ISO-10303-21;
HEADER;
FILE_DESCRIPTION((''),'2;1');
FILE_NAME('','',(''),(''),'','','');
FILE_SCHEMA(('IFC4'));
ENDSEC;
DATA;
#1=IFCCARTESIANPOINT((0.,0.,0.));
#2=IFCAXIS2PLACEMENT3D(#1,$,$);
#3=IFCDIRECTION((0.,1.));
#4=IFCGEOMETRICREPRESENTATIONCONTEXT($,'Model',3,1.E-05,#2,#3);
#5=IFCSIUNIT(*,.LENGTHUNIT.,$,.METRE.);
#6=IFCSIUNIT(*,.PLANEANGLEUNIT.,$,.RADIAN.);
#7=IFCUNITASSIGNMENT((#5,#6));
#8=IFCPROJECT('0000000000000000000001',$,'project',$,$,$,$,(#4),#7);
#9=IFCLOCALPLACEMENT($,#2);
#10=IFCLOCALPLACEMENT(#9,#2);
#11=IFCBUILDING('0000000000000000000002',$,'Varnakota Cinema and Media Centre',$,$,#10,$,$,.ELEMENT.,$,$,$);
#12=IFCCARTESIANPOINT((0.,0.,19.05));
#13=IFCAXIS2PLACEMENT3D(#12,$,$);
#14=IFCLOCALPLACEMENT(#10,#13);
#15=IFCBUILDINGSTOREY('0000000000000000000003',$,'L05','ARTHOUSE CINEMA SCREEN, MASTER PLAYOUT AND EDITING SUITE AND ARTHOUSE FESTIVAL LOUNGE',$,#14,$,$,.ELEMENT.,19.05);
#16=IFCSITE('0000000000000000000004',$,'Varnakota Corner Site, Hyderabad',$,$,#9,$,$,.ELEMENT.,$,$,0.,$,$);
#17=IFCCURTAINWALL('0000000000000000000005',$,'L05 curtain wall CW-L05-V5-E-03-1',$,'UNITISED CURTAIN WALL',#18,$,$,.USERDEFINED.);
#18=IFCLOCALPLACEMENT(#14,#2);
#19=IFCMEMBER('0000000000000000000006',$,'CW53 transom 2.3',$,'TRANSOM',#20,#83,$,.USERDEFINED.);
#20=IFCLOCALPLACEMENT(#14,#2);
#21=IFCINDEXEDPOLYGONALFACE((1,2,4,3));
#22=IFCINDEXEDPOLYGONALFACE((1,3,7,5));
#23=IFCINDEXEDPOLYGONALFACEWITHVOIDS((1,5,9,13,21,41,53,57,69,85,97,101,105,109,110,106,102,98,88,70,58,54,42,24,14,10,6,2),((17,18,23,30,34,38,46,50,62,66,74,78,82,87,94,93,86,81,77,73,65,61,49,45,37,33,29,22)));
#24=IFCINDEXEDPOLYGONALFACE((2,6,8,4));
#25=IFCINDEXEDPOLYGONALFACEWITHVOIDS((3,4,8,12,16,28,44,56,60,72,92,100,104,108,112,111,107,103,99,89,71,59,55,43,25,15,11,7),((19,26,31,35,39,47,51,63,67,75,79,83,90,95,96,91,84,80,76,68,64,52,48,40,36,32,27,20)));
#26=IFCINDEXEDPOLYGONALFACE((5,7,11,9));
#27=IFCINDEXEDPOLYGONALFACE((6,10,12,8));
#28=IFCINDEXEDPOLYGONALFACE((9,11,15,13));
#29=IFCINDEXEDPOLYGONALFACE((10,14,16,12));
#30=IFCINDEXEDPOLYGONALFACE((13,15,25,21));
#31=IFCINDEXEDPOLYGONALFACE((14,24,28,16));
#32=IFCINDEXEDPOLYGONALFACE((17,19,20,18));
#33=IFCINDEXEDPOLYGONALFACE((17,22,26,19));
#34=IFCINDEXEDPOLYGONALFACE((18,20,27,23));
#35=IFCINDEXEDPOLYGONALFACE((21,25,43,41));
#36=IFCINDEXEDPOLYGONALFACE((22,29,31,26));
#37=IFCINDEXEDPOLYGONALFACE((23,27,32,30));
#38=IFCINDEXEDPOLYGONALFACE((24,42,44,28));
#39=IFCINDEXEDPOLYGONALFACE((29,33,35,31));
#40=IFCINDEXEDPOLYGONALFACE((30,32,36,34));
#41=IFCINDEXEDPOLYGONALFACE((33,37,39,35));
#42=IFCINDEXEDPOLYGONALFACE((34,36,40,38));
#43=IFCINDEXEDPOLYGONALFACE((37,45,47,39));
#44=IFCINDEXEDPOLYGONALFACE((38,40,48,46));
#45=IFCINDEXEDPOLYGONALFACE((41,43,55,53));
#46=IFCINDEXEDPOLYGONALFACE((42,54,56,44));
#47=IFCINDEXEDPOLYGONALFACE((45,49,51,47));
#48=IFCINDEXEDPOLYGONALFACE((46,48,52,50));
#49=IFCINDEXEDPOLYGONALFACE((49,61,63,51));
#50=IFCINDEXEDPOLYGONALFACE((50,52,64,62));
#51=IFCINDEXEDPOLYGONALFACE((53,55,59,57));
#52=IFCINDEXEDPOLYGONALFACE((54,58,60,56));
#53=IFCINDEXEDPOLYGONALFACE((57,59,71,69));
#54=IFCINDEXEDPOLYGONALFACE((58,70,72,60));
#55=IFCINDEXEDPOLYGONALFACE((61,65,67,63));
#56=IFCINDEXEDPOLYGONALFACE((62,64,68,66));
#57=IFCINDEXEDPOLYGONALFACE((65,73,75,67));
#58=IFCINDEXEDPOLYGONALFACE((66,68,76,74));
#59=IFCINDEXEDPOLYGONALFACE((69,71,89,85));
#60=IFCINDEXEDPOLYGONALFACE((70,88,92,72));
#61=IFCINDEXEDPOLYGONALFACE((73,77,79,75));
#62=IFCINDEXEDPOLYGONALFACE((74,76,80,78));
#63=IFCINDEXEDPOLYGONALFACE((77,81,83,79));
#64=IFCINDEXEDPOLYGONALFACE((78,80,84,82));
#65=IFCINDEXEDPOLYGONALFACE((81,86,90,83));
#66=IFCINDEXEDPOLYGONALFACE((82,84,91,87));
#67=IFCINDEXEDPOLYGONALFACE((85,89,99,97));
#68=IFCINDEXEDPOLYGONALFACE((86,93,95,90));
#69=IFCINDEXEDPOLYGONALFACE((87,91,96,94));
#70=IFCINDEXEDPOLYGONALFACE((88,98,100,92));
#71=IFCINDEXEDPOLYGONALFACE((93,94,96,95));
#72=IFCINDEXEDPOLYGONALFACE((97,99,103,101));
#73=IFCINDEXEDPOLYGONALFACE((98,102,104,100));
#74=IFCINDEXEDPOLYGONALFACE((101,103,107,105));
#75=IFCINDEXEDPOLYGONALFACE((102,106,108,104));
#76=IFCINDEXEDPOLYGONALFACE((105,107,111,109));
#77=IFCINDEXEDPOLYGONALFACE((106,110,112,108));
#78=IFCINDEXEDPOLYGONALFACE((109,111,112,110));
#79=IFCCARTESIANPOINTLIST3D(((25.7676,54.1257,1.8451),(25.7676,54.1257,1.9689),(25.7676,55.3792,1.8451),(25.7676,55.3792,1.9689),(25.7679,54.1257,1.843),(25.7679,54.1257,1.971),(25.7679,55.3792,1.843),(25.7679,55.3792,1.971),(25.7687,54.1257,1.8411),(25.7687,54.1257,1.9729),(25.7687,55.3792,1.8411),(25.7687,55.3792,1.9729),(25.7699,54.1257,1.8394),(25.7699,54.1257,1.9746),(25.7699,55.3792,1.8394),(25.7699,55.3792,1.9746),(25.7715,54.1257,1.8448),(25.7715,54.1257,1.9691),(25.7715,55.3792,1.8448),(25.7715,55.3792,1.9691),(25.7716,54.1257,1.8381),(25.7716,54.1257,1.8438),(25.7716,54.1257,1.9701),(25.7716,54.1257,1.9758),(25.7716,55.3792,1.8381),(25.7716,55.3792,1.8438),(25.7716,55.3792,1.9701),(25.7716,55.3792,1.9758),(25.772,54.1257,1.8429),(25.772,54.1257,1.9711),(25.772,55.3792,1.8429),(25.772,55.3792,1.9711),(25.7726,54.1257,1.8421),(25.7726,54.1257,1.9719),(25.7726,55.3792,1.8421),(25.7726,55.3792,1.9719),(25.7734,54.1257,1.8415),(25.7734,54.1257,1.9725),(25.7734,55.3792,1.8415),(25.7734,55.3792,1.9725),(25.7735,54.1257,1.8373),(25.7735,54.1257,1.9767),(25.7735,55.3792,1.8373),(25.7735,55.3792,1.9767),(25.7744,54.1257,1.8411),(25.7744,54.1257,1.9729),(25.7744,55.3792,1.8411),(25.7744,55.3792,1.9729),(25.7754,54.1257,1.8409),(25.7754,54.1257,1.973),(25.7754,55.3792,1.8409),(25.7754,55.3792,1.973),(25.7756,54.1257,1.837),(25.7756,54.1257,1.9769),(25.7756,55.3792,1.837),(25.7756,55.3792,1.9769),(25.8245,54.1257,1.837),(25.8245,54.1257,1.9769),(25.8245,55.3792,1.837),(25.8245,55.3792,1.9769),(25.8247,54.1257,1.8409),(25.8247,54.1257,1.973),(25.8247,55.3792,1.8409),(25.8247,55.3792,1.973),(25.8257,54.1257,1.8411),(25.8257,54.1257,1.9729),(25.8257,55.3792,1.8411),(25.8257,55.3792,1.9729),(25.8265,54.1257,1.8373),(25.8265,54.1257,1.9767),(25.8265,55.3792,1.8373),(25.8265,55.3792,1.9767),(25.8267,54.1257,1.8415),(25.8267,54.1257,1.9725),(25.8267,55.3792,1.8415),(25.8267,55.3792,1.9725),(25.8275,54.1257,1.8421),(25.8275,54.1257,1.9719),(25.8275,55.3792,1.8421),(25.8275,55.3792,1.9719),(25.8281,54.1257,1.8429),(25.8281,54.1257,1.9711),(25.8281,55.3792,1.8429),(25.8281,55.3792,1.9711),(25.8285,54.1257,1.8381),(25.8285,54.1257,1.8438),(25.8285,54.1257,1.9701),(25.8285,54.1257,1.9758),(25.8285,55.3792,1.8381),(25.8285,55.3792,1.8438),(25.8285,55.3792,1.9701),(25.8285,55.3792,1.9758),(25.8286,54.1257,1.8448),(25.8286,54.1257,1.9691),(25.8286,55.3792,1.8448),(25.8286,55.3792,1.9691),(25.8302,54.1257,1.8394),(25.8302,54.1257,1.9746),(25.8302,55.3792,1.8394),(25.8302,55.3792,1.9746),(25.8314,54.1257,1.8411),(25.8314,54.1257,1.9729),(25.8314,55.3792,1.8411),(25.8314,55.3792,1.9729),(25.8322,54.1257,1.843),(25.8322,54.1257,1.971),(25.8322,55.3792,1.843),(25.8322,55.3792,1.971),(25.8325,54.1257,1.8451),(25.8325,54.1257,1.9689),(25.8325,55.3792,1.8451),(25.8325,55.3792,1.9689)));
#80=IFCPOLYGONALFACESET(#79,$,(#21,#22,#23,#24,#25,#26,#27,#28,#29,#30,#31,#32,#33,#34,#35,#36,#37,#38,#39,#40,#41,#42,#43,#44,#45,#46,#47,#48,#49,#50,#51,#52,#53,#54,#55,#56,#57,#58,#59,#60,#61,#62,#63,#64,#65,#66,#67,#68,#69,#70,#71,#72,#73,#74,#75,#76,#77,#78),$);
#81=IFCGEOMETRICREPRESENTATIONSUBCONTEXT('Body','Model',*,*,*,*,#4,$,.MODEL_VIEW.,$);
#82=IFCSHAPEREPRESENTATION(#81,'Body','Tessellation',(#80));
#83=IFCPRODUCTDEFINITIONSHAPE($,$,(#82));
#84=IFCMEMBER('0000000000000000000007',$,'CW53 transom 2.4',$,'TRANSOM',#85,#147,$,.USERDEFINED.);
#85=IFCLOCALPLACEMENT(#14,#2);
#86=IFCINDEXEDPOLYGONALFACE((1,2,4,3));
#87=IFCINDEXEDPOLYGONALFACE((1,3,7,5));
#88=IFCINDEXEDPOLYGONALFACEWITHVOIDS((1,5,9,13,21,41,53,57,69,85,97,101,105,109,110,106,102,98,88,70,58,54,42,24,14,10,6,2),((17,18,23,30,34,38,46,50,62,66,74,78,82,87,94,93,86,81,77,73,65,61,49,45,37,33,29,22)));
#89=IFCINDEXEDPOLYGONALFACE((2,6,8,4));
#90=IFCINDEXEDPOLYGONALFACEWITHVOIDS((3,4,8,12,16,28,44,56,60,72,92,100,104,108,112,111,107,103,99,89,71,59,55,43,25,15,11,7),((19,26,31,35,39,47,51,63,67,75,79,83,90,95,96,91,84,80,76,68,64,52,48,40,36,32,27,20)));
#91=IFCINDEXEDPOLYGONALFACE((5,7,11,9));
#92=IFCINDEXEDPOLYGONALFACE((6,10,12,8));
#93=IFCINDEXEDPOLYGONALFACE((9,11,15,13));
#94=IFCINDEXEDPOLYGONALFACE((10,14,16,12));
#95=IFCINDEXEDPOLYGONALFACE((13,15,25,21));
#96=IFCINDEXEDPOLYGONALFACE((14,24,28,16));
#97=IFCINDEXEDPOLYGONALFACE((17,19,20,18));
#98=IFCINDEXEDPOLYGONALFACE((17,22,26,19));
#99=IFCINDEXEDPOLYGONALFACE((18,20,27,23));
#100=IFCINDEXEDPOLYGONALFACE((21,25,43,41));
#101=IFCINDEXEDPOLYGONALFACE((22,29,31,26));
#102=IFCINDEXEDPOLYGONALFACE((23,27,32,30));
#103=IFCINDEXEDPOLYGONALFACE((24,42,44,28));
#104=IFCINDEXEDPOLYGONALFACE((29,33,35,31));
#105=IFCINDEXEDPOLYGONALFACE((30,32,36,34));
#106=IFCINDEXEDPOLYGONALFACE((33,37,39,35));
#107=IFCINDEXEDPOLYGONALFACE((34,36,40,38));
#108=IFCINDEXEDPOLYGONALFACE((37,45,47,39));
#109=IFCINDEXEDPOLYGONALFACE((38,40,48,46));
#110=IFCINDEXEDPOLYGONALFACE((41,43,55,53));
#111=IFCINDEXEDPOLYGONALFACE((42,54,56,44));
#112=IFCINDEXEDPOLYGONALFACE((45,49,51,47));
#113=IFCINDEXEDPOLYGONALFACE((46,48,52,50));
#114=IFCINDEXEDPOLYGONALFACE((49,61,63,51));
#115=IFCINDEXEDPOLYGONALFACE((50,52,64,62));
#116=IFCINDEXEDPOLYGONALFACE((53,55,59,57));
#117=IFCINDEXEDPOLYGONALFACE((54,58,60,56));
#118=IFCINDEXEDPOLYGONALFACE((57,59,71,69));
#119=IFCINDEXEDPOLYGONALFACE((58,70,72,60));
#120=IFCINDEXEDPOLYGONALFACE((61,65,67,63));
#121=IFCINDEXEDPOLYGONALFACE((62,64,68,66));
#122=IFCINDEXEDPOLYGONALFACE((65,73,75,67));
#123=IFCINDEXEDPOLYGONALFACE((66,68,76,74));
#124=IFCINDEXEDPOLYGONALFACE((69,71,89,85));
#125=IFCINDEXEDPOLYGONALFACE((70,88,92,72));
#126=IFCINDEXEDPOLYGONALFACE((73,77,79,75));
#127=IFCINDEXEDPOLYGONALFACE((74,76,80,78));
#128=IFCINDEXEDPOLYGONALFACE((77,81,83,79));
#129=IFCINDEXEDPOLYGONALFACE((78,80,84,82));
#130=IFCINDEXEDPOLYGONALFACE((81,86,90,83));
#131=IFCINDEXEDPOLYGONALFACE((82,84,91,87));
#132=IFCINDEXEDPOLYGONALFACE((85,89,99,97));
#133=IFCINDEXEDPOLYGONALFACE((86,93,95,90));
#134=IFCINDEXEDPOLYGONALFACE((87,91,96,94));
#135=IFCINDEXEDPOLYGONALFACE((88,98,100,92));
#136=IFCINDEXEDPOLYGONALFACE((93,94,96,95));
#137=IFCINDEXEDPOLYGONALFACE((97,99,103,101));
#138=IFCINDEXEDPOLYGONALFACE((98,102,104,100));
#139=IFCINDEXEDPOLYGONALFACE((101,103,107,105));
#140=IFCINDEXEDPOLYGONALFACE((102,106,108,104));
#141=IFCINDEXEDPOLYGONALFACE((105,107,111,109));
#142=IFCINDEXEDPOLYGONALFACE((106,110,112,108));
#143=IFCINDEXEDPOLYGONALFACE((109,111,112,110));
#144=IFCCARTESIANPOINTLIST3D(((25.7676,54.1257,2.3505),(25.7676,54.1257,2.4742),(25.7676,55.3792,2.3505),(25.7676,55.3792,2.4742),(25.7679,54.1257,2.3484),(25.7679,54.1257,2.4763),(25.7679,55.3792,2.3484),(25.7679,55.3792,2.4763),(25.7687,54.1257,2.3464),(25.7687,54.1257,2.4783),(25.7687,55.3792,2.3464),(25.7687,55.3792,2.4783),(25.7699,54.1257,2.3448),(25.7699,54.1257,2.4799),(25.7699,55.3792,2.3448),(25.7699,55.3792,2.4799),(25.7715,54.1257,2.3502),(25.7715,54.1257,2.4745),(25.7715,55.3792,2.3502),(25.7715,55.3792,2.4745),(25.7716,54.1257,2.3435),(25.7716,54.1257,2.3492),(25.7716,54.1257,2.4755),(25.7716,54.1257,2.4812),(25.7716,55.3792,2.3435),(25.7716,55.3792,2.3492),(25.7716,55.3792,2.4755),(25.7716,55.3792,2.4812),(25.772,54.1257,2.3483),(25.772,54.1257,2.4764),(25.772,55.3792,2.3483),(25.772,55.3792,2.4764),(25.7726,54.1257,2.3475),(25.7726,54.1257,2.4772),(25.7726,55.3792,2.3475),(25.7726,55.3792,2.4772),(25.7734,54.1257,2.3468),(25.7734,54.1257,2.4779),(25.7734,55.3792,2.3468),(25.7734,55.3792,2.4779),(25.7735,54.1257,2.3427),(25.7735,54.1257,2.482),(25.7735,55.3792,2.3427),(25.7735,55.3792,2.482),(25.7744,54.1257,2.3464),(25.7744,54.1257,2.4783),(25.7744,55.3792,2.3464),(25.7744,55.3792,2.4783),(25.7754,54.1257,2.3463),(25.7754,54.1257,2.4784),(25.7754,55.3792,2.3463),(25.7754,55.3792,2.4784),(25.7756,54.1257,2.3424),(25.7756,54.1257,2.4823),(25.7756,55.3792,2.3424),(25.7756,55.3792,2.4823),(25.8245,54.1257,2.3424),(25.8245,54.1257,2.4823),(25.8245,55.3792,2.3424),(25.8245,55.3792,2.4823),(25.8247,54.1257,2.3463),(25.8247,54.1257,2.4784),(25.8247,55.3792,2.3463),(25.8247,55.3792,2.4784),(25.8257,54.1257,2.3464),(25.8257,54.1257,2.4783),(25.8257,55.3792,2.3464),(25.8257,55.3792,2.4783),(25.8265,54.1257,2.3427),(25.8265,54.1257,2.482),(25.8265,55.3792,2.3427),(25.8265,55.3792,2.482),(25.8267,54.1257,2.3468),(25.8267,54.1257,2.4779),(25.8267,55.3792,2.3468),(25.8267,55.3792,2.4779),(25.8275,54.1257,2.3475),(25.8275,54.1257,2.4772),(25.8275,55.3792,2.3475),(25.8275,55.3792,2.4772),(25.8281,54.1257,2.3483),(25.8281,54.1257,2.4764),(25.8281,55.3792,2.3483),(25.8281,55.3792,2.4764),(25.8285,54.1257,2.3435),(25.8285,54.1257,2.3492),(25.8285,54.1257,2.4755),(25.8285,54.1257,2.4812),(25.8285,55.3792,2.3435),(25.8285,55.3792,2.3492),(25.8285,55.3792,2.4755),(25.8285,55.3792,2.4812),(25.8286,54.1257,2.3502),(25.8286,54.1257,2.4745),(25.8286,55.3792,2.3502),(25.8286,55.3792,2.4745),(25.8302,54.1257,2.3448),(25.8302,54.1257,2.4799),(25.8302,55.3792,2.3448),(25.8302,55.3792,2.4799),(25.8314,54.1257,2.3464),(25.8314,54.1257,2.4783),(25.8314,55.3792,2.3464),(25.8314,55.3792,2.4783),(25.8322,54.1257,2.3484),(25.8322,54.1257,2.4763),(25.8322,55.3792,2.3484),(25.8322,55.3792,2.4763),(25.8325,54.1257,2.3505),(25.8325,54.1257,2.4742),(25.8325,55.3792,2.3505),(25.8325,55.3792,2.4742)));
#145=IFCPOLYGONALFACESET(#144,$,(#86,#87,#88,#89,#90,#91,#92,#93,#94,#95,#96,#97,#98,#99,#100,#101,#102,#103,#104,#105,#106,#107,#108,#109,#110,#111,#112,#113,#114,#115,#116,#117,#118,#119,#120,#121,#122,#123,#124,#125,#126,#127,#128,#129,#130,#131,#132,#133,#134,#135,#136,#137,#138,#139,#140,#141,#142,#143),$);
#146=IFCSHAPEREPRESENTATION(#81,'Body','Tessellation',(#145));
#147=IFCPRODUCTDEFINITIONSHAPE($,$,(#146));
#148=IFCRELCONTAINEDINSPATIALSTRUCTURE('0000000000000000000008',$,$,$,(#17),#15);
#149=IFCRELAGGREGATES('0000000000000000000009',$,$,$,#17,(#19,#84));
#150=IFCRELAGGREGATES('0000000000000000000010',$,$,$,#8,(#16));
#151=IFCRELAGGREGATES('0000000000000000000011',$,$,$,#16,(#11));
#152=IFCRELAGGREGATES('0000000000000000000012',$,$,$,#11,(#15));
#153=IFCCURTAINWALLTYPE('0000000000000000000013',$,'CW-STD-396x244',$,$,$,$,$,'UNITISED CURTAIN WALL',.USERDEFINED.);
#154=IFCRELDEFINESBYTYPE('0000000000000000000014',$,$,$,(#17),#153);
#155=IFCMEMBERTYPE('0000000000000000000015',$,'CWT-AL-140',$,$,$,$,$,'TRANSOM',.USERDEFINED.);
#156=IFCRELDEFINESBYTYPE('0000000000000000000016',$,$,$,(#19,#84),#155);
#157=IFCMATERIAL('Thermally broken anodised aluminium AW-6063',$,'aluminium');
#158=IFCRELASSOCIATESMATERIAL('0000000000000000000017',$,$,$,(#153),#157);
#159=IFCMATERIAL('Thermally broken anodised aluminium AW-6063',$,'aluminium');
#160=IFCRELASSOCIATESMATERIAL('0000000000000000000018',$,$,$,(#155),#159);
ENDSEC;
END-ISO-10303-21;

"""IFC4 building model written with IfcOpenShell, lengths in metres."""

from ifc_helpers import new_model, si_unit, direction, frame, origin, origin_2d, place, context, subcontext, project, spatial, hollow_rectangle, extrude, material, material_profile, profile_set, type_object, element, aggregate, save


model = new_model("IFC4")

# Units and contexts
model_context = context("Model", 3, precision=1e-05, world=origin(), true_north=direction((0.0, 1.0)))
body_context = subcontext(model_context, "Body", "Model", "MODEL_VIEW")
ifc_project = project(units=[si_unit("LENGTHUNIT", "METRE"), si_unit("PLANEANGLEUNIT", "RADIAN")], contexts=[model_context])

# Site, building, storey
site_placement = place(None, origin())
site = spatial("IfcSite", under=ifc_project, at=site_placement, Name="Varnakota Corner Site, Hyderabad", CompositionType="ELEMENT", RefElevation=0.0)
building_placement = place(site_placement, origin())
building = spatial("IfcBuilding", under=site, at=building_placement, Name="Varnakota Cinema and Media Centre", CompositionType="ELEMENT")
storey_placement = place(building_placement, frame((0.0, 0.0, 19.05)))
storey = spatial("IfcBuildingStorey", under=building, at=storey_placement, Name="L05", Description="ARTHOUSE CINEMA SCREEN, MASTER PLAYOUT AND EDITING SUITE AND ARTHOUSE FESTIVAL LOUNGE", CompositionType="ELEMENT", Elevation=19.05)

# Curtain wall
ifc_material_1 = material(Name="Thermally broken anodised aluminium AW-6063", Category="aluminium")
curtain_wall_type = type_object("IfcCurtainWallType", Name="CW-STD-396x244", ElementType="UNITISED CURTAIN WALL", PredefinedType="USERDEFINED", material=ifc_material_1)
curtain_wall_1_placement = place(storey_placement, origin())
curtain_wall_1 = element("IfcCurtainWall", 1, at=curtain_wall_1_placement, inside=storey, type_object=curtain_wall_type, Name="L05 curtain wall CW-L05-V5-E-03-1", ObjectType="UNITISED CURTAIN WALL", PredefinedType="USERDEFINED")

# Members
ifc_material_2 = material(Name="Thermally broken anodised aluminium AW-6063", Category="aluminium")
ifc_material_profile_1 = material_profile(ifc_material_2, hollow_rectangle(XDim=0.0649, YDim=0.1399, WallThickness=0.0039, InnerFilletRadius=0.0039, OuterFilletRadius=0.0081, at=origin_2d()), Name="AL-TRANSOM 140x65x4")
ifc_profile_set_1 = profile_set([ifc_material_profile_1], Name="Thermally broken anodised aluminium AW-6063")
member_type_1 = type_object("IfcMemberType", Name="CWT-AL-140", ElementType="TRANSOM", PredefinedType="USERDEFINED", material=ifc_profile_set_1)
member_1_placement = place(storey_placement, frame((25.8, 54.1257, 1.907), z_axis=(0.0, 1.0, 0.0), x_axis=(-1.0, 0.0, 0.0)))
member_1 = element("IfcMember", 2, at=member_1_placement, type_object=member_type_1, Name="CW53 transom 2.3", ObjectType="TRANSOM", PredefinedType="USERDEFINED", context=body_context, shape_type="SweptSolid", body=[
    extrude(hollow_rectangle(XDim=0.0649, YDim=0.1399, WallThickness=0.0039, InnerFilletRadius=0.0039, OuterFilletRadius=0.0081, at=origin_2d()), origin(), (0.0, 0.0, 1.0), 1.2534),
])
member_2_placement = place(storey_placement, frame((25.8, 54.1257, 2.4124), z_axis=(0.0, 1.0, 0.0), x_axis=(-1.0, 0.0, 0.0)))
member_2 = element("IfcMember", 3, at=member_2_placement, type_object=member_type_1, Name="CW53 transom 2.4", ObjectType="TRANSOM", PredefinedType="USERDEFINED", context=body_context, shape_type="SweptSolid", body=[
    extrude(hollow_rectangle(XDim=0.0649, YDim=0.1399, WallThickness=0.0039, InnerFilletRadius=0.0039, OuterFilletRadius=0.0081, at=origin_2d()), origin(), (0.0, 0.0, 1.0), 1.2534),
])

aggregate(curtain_wall_1, [member_1, member_2])

save(model, "model.ifc")
